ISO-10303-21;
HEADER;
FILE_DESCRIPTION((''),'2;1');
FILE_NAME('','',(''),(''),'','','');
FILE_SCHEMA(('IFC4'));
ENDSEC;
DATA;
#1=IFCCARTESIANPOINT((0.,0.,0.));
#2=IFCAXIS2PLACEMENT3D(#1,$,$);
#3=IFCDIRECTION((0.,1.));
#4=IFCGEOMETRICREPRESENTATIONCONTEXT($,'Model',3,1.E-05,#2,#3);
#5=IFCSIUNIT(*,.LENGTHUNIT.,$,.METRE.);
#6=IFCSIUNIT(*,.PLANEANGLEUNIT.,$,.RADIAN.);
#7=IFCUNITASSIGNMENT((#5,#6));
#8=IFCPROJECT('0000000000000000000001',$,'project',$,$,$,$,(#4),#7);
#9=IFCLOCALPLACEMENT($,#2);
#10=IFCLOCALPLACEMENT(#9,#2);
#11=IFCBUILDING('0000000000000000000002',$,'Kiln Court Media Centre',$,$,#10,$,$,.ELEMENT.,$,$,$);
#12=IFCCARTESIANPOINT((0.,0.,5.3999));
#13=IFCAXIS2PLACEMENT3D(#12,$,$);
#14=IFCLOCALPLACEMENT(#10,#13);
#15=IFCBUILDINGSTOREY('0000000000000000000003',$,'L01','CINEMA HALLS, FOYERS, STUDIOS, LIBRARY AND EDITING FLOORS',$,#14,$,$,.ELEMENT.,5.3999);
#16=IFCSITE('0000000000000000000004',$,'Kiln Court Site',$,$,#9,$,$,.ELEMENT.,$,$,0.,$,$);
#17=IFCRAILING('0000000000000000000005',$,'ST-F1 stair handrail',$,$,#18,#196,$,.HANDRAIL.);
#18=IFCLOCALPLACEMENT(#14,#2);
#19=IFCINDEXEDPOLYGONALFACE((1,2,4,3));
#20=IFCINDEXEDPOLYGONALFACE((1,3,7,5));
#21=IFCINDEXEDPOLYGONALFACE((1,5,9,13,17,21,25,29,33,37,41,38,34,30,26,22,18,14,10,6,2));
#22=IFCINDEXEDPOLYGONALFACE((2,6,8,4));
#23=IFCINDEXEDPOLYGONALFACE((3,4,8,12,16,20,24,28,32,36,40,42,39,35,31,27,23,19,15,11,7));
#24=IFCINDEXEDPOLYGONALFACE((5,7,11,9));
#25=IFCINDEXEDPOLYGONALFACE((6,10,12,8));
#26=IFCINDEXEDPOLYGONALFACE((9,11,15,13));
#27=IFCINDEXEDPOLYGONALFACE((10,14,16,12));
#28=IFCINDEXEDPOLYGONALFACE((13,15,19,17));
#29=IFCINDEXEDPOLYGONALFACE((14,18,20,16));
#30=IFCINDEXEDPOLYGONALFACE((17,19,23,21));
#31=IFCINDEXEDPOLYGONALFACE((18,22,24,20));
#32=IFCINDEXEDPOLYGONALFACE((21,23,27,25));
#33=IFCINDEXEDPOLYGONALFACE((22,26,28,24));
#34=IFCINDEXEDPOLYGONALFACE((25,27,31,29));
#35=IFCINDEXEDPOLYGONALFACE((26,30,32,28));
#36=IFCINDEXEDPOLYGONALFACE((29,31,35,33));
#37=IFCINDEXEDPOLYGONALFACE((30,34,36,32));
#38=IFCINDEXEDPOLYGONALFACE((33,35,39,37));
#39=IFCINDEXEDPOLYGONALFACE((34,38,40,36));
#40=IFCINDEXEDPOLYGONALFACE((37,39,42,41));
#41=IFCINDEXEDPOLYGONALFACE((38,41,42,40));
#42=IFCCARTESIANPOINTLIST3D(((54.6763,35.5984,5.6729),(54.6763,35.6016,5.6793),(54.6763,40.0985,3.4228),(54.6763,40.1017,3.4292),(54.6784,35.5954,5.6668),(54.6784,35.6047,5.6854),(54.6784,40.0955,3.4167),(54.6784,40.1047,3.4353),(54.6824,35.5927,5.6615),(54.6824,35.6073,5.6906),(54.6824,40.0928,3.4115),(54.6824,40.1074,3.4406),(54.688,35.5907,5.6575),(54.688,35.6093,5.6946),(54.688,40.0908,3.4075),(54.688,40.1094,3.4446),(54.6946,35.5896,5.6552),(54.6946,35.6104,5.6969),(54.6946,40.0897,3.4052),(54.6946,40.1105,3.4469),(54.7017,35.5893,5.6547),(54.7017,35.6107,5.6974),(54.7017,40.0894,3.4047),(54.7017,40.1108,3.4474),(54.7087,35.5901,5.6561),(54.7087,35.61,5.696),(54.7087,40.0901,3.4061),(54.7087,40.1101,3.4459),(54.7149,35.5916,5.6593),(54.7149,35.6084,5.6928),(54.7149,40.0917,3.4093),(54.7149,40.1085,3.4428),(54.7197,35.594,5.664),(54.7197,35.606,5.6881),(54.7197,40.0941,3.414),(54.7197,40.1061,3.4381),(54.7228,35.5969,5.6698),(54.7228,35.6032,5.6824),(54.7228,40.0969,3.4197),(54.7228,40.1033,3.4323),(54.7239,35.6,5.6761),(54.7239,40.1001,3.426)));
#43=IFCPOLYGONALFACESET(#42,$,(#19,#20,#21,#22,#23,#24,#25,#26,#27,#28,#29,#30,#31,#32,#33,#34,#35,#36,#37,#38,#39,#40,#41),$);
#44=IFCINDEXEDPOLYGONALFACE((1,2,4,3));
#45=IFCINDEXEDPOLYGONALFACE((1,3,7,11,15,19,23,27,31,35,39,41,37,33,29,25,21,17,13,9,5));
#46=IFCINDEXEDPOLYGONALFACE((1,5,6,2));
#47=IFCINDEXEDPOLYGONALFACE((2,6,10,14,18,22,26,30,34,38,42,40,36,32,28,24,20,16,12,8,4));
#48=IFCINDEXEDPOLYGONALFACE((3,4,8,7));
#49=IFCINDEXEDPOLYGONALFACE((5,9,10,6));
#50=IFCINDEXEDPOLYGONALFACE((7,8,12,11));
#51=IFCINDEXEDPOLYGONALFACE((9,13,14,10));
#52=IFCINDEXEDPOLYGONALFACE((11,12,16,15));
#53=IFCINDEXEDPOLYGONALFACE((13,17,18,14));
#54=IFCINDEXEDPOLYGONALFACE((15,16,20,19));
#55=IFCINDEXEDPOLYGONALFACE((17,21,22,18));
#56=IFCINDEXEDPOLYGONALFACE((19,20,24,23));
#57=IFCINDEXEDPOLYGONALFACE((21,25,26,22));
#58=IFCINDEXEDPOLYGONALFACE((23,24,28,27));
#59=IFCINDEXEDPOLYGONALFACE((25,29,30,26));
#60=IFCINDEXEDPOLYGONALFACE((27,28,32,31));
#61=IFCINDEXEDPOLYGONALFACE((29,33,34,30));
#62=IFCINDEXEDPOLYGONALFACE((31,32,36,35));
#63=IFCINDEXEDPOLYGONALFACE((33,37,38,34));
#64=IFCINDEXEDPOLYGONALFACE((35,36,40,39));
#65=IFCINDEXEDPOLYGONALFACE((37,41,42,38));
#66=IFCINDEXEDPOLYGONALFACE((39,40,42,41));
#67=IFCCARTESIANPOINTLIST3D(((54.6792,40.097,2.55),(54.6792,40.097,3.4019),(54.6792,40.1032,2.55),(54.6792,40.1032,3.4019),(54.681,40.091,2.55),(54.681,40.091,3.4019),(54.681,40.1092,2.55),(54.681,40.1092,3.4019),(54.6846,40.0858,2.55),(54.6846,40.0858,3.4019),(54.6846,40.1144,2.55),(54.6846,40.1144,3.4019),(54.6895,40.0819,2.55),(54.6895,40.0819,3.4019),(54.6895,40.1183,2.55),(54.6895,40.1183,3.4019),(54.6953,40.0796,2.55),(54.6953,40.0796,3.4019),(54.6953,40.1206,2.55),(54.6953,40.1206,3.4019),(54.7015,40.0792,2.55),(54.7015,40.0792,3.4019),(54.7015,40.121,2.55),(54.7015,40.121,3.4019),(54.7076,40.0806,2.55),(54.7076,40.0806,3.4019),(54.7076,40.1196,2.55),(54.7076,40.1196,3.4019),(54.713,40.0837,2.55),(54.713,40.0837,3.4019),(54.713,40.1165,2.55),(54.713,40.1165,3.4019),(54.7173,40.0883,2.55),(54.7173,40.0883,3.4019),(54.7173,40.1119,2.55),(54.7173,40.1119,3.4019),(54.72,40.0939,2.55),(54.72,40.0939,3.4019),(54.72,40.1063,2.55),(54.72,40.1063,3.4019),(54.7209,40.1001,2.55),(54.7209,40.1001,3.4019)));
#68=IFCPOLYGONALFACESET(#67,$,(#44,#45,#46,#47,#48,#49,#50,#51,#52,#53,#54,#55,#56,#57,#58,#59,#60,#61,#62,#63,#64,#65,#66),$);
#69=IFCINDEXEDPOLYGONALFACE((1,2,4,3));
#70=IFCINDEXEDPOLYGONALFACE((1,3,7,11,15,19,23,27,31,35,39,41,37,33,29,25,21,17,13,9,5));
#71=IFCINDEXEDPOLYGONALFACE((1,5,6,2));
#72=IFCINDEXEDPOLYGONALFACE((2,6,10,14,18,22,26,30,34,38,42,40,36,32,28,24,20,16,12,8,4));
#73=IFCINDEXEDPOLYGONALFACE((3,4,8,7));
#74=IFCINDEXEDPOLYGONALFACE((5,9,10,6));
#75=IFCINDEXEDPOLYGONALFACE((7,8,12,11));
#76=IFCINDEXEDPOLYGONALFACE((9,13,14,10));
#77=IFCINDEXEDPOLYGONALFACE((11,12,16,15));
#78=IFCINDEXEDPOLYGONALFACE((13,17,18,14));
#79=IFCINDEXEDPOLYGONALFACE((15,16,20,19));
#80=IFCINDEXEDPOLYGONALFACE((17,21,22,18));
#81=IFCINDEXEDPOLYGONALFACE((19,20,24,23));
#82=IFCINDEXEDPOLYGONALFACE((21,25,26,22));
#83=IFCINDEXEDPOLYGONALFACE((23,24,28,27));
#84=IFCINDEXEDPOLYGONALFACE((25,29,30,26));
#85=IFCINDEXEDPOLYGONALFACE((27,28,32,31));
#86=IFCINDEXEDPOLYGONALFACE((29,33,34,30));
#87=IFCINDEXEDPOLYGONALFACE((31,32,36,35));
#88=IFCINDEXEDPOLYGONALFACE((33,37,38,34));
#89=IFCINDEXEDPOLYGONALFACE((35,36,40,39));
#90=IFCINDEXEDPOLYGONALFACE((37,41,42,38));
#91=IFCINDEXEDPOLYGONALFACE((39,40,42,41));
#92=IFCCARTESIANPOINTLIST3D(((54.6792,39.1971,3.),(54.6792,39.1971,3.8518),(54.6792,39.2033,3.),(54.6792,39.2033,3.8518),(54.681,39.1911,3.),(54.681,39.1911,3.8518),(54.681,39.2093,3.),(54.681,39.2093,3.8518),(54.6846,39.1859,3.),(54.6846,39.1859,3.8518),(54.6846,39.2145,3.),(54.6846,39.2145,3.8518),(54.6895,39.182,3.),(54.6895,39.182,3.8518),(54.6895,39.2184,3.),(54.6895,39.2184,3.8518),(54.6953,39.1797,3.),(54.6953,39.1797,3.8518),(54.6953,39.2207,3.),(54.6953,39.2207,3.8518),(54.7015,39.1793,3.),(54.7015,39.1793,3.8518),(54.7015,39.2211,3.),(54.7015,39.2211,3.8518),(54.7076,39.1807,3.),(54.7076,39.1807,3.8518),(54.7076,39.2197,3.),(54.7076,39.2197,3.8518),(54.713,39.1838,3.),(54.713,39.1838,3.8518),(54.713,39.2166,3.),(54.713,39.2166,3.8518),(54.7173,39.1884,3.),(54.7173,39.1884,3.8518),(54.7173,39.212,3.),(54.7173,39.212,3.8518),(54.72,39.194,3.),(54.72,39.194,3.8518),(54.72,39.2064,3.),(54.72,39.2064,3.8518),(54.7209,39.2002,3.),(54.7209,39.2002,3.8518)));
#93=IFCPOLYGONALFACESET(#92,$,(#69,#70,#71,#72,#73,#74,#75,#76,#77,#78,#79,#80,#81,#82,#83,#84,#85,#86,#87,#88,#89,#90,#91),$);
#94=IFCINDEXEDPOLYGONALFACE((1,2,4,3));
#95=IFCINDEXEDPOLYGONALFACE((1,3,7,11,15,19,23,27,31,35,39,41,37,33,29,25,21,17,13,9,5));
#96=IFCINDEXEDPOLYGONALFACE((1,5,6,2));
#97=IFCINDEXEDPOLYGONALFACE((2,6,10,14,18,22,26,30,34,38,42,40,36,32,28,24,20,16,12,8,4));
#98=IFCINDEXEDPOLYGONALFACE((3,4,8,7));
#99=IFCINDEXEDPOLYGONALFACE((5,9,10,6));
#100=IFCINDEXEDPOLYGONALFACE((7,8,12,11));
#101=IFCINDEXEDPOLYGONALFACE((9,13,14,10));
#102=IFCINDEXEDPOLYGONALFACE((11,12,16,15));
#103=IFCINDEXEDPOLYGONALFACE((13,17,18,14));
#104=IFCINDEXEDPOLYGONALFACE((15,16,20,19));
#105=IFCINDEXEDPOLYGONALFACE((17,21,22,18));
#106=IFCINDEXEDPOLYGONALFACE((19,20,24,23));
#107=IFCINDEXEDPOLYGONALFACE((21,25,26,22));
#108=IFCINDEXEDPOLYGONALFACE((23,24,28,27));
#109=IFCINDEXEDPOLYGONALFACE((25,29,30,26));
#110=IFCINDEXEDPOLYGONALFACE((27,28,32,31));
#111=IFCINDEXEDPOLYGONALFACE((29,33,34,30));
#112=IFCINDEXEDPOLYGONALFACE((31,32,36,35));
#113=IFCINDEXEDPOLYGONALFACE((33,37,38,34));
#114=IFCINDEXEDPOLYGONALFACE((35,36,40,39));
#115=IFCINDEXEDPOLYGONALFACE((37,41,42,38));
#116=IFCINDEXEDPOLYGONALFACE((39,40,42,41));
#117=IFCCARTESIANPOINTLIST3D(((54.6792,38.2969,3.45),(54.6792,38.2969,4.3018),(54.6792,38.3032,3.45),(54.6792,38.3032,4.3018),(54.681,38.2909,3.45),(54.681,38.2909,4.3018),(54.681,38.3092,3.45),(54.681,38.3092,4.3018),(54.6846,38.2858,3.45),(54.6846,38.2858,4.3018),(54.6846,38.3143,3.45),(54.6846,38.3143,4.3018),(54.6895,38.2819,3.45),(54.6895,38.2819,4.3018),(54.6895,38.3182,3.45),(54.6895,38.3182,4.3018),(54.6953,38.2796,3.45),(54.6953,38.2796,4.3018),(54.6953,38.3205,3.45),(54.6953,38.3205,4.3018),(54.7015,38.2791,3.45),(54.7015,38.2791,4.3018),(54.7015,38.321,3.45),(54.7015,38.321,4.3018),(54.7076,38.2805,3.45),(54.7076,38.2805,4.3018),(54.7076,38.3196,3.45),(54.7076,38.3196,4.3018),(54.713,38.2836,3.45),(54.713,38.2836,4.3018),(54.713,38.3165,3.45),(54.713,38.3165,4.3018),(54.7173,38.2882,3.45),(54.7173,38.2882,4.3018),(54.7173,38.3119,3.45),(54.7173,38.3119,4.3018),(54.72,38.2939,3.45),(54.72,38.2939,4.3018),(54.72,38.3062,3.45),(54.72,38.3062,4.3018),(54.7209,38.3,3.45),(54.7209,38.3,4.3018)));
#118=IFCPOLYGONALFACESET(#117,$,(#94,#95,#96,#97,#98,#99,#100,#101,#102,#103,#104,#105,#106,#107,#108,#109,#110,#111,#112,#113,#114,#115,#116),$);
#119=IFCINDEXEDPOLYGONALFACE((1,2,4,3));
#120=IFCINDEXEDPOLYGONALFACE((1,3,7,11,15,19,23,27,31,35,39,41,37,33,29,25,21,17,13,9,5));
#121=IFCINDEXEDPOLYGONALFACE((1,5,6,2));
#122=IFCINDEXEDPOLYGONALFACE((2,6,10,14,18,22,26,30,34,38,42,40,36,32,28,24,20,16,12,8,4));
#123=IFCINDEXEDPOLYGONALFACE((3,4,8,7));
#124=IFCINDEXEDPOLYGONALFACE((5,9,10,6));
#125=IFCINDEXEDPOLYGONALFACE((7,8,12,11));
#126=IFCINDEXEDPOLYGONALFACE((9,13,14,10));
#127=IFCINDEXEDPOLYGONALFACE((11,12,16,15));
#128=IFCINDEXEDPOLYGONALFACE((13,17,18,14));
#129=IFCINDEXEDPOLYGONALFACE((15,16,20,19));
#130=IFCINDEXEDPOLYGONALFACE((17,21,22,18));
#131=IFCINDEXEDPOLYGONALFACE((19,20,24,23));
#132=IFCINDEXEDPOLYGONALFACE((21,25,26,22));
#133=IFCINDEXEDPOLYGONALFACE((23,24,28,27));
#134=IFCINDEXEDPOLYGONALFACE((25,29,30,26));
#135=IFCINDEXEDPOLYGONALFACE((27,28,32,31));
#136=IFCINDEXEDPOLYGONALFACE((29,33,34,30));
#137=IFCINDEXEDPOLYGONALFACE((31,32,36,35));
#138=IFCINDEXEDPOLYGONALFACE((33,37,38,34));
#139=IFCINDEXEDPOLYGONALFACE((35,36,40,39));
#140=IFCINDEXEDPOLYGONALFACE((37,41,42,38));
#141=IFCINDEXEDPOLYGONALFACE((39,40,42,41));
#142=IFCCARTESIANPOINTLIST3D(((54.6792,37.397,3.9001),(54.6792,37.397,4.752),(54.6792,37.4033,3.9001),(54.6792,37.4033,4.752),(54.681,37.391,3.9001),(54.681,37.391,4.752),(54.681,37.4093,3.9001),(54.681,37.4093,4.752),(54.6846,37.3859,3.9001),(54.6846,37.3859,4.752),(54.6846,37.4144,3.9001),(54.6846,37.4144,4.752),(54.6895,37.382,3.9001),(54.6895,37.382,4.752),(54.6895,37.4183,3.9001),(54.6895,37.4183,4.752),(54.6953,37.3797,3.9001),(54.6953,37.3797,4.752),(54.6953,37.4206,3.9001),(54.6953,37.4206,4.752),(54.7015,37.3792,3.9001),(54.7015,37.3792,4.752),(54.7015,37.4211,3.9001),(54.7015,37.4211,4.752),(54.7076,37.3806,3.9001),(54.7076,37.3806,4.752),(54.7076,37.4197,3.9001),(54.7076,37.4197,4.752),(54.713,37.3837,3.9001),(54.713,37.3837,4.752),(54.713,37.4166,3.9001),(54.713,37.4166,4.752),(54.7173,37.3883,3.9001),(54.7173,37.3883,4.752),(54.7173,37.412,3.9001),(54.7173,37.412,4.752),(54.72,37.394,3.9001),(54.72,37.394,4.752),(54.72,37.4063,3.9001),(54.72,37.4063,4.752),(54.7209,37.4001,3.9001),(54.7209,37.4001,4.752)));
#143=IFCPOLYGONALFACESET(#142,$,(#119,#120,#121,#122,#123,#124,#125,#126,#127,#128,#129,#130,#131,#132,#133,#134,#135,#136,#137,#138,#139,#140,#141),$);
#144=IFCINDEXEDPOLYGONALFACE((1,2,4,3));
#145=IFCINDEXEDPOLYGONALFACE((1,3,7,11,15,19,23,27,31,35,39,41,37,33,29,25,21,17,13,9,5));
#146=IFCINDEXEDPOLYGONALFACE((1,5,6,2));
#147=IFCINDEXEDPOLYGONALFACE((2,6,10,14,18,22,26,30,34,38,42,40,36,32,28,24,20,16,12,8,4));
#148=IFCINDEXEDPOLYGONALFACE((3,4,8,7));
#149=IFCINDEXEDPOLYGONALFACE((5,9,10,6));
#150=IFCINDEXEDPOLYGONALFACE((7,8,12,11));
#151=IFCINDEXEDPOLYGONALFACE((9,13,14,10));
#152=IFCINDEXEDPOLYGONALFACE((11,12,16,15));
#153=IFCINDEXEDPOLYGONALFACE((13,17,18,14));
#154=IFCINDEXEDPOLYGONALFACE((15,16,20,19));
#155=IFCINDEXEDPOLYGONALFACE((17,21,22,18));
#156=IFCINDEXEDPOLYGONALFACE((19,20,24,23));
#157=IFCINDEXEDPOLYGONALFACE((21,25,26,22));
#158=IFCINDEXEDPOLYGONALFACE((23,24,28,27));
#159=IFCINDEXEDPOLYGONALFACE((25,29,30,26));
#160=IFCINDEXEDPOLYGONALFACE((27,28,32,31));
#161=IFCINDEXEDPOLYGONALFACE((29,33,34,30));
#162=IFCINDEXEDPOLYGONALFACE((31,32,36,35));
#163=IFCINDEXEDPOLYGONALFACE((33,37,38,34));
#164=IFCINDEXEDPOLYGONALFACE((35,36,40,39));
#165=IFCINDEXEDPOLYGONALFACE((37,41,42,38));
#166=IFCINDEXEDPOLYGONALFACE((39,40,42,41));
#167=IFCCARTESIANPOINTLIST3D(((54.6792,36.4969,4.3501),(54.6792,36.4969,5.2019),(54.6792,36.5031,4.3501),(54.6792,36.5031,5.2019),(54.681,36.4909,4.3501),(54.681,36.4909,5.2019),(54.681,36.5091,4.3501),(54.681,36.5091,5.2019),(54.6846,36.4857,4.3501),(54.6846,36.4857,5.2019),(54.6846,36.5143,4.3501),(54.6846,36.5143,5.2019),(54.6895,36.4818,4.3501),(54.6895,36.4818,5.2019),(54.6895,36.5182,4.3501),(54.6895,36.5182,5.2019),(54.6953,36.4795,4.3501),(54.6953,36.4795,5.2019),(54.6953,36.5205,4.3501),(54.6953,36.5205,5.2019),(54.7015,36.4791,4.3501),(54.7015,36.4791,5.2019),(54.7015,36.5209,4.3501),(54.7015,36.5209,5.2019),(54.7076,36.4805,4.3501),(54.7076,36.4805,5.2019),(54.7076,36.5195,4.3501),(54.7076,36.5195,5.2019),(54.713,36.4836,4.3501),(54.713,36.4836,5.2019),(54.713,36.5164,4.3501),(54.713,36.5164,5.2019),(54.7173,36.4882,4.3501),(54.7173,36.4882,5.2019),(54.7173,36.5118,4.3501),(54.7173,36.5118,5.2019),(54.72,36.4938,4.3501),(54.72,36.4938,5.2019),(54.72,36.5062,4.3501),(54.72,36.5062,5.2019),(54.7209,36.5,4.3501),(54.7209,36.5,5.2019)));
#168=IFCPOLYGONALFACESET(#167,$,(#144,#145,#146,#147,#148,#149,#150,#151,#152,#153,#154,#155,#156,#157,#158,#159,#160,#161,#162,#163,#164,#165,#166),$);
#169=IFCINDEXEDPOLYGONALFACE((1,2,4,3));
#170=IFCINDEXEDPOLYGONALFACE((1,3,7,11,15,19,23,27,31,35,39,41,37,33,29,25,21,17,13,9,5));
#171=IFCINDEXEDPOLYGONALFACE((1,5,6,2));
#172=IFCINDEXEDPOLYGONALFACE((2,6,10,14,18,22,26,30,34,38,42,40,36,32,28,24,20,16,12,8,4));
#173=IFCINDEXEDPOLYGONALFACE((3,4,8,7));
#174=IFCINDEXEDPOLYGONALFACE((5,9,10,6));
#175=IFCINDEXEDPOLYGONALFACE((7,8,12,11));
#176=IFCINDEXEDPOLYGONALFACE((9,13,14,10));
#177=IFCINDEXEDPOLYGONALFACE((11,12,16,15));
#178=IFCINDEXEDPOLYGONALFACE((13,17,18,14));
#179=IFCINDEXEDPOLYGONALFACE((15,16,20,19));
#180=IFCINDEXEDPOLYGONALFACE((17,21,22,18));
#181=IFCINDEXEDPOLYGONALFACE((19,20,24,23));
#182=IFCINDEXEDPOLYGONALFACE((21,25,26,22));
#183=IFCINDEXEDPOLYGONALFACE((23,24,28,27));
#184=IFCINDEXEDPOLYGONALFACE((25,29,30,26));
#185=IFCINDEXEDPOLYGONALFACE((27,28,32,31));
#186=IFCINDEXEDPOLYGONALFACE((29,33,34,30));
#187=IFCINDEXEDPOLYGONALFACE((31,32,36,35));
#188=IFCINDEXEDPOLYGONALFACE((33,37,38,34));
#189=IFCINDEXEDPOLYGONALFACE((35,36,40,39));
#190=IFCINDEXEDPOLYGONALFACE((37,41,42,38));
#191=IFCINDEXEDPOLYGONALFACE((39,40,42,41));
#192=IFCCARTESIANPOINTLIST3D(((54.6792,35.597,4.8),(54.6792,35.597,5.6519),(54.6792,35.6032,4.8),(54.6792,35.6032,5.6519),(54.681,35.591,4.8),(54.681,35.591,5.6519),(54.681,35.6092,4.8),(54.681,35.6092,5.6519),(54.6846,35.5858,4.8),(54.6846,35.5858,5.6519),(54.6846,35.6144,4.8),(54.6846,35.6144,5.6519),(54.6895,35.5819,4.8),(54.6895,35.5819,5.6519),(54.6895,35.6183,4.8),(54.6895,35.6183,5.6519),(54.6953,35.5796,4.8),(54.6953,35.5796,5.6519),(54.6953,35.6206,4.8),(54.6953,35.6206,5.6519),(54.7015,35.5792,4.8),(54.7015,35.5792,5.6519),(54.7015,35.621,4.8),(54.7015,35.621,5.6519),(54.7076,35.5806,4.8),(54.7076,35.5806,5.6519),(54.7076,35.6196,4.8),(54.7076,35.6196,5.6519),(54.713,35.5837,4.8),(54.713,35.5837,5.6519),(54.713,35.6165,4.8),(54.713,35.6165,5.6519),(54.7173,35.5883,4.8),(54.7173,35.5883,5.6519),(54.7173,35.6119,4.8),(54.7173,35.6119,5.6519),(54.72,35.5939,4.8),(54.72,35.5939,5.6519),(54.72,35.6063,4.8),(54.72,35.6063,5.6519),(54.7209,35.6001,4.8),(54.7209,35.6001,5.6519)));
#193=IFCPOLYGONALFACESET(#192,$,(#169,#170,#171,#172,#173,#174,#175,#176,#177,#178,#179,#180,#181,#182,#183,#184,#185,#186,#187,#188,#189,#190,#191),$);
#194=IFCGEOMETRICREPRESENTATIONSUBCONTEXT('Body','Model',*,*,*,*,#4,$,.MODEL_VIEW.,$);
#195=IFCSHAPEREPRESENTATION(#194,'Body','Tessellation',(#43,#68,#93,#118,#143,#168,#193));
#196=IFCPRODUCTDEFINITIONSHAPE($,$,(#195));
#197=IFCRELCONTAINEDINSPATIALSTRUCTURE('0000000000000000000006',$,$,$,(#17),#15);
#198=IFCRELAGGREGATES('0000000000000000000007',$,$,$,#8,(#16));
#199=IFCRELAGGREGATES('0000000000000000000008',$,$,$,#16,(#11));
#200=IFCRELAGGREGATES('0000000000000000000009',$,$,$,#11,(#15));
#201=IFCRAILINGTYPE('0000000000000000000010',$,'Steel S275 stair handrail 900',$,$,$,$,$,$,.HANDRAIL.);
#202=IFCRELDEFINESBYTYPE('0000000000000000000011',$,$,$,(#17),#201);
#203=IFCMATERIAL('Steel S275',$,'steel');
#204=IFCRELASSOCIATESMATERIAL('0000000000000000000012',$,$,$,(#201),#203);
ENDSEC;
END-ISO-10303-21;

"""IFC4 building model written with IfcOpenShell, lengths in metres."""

from ifc_helpers import new_model, si_unit, direction, frame, origin, origin_2d, place, context, subcontext, project, spatial, circle, extrude, material, type_object, element, save


model = new_model("IFC4")

# Units and contexts
model_context = context("Model", 3, precision=1e-05, world=origin(), true_north=direction((0.0, 1.0)))
body_context = subcontext(model_context, "Body", "Model", "MODEL_VIEW")
ifc_project = project(units=[si_unit("LENGTHUNIT", "METRE"), si_unit("PLANEANGLEUNIT", "RADIAN")], contexts=[model_context])

# Site, building, storey
site_placement = place(None, origin())
site = spatial("IfcSite", under=ifc_project, at=site_placement, Name="Kiln Court Site", CompositionType="ELEMENT", RefElevation=0.0)
building_placement = place(site_placement, origin())
building = spatial("IfcBuilding", under=site, at=building_placement, Name="Kiln Court Media Centre", CompositionType="ELEMENT")
storey_placement = place(building_placement, frame((0.0, 0.0, 5.3999)))
storey = spatial("IfcBuildingStorey", under=building, at=storey_placement, Name="L01", Description="CINEMA HALLS, FOYERS, STUDIOS, LIBRARY AND EDITING FLOORS", CompositionType="ELEMENT", Elevation=5.3999)

# Railing
ifc_material_1 = material(Name="Steel S275", Category="steel")
railing_type_1 = type_object("IfcRailingType", Name="Steel S275 stair handrail 900", PredefinedType="HANDRAIL", material=ifc_material_1)
railing_1_placement = place(storey_placement, frame((54.7, 40.1001, 2.55)))
element("IfcRailing", 1, at=railing_1_placement, inside=storey, type_object=railing_type_1, Name="ST-F1 stair handrail", PredefinedType="HANDRAIL", context=body_context, shape_type="SweptSolid", body=[
    extrude(circle(Radius=0.0239, at=origin_2d()), frame((0.0, 0.0, 0.876), z_axis=(0.0, -0.894427, 0.447214), x_axis=(1.0, 0.0, 0.0)), (0.0, 0.0, 1.0), 5.0312),
    extrude(circle(Radius=0.021, at=origin_2d()), origin(), (0.0, 0.0, 1.0), 0.8518),
    extrude(circle(Radius=0.021, at=origin_2d()), frame((0.0, -0.8999, 0.45)), (0.0, 0.0, 1.0), 0.8518),
    extrude(circle(Radius=0.021, at=origin_2d()), frame((0.0, -1.8, 0.8999)), (0.0, 0.0, 1.0), 0.8518),
    extrude(circle(Radius=0.021, at=origin_2d()), frame((0.0, -2.7, 1.3501)), (0.0, 0.0, 1.0), 0.8518),
    extrude(circle(Radius=0.021, at=origin_2d()), frame((0.0, -3.6001, 1.8)), (0.0, 0.0, 1.0), 0.8518),
    extrude(circle(Radius=0.021, at=origin_2d()), frame((0.0, -4.5, 2.25)), (0.0, 0.0, 1.0), 0.8518),
])

save(model, "model.ifc")
